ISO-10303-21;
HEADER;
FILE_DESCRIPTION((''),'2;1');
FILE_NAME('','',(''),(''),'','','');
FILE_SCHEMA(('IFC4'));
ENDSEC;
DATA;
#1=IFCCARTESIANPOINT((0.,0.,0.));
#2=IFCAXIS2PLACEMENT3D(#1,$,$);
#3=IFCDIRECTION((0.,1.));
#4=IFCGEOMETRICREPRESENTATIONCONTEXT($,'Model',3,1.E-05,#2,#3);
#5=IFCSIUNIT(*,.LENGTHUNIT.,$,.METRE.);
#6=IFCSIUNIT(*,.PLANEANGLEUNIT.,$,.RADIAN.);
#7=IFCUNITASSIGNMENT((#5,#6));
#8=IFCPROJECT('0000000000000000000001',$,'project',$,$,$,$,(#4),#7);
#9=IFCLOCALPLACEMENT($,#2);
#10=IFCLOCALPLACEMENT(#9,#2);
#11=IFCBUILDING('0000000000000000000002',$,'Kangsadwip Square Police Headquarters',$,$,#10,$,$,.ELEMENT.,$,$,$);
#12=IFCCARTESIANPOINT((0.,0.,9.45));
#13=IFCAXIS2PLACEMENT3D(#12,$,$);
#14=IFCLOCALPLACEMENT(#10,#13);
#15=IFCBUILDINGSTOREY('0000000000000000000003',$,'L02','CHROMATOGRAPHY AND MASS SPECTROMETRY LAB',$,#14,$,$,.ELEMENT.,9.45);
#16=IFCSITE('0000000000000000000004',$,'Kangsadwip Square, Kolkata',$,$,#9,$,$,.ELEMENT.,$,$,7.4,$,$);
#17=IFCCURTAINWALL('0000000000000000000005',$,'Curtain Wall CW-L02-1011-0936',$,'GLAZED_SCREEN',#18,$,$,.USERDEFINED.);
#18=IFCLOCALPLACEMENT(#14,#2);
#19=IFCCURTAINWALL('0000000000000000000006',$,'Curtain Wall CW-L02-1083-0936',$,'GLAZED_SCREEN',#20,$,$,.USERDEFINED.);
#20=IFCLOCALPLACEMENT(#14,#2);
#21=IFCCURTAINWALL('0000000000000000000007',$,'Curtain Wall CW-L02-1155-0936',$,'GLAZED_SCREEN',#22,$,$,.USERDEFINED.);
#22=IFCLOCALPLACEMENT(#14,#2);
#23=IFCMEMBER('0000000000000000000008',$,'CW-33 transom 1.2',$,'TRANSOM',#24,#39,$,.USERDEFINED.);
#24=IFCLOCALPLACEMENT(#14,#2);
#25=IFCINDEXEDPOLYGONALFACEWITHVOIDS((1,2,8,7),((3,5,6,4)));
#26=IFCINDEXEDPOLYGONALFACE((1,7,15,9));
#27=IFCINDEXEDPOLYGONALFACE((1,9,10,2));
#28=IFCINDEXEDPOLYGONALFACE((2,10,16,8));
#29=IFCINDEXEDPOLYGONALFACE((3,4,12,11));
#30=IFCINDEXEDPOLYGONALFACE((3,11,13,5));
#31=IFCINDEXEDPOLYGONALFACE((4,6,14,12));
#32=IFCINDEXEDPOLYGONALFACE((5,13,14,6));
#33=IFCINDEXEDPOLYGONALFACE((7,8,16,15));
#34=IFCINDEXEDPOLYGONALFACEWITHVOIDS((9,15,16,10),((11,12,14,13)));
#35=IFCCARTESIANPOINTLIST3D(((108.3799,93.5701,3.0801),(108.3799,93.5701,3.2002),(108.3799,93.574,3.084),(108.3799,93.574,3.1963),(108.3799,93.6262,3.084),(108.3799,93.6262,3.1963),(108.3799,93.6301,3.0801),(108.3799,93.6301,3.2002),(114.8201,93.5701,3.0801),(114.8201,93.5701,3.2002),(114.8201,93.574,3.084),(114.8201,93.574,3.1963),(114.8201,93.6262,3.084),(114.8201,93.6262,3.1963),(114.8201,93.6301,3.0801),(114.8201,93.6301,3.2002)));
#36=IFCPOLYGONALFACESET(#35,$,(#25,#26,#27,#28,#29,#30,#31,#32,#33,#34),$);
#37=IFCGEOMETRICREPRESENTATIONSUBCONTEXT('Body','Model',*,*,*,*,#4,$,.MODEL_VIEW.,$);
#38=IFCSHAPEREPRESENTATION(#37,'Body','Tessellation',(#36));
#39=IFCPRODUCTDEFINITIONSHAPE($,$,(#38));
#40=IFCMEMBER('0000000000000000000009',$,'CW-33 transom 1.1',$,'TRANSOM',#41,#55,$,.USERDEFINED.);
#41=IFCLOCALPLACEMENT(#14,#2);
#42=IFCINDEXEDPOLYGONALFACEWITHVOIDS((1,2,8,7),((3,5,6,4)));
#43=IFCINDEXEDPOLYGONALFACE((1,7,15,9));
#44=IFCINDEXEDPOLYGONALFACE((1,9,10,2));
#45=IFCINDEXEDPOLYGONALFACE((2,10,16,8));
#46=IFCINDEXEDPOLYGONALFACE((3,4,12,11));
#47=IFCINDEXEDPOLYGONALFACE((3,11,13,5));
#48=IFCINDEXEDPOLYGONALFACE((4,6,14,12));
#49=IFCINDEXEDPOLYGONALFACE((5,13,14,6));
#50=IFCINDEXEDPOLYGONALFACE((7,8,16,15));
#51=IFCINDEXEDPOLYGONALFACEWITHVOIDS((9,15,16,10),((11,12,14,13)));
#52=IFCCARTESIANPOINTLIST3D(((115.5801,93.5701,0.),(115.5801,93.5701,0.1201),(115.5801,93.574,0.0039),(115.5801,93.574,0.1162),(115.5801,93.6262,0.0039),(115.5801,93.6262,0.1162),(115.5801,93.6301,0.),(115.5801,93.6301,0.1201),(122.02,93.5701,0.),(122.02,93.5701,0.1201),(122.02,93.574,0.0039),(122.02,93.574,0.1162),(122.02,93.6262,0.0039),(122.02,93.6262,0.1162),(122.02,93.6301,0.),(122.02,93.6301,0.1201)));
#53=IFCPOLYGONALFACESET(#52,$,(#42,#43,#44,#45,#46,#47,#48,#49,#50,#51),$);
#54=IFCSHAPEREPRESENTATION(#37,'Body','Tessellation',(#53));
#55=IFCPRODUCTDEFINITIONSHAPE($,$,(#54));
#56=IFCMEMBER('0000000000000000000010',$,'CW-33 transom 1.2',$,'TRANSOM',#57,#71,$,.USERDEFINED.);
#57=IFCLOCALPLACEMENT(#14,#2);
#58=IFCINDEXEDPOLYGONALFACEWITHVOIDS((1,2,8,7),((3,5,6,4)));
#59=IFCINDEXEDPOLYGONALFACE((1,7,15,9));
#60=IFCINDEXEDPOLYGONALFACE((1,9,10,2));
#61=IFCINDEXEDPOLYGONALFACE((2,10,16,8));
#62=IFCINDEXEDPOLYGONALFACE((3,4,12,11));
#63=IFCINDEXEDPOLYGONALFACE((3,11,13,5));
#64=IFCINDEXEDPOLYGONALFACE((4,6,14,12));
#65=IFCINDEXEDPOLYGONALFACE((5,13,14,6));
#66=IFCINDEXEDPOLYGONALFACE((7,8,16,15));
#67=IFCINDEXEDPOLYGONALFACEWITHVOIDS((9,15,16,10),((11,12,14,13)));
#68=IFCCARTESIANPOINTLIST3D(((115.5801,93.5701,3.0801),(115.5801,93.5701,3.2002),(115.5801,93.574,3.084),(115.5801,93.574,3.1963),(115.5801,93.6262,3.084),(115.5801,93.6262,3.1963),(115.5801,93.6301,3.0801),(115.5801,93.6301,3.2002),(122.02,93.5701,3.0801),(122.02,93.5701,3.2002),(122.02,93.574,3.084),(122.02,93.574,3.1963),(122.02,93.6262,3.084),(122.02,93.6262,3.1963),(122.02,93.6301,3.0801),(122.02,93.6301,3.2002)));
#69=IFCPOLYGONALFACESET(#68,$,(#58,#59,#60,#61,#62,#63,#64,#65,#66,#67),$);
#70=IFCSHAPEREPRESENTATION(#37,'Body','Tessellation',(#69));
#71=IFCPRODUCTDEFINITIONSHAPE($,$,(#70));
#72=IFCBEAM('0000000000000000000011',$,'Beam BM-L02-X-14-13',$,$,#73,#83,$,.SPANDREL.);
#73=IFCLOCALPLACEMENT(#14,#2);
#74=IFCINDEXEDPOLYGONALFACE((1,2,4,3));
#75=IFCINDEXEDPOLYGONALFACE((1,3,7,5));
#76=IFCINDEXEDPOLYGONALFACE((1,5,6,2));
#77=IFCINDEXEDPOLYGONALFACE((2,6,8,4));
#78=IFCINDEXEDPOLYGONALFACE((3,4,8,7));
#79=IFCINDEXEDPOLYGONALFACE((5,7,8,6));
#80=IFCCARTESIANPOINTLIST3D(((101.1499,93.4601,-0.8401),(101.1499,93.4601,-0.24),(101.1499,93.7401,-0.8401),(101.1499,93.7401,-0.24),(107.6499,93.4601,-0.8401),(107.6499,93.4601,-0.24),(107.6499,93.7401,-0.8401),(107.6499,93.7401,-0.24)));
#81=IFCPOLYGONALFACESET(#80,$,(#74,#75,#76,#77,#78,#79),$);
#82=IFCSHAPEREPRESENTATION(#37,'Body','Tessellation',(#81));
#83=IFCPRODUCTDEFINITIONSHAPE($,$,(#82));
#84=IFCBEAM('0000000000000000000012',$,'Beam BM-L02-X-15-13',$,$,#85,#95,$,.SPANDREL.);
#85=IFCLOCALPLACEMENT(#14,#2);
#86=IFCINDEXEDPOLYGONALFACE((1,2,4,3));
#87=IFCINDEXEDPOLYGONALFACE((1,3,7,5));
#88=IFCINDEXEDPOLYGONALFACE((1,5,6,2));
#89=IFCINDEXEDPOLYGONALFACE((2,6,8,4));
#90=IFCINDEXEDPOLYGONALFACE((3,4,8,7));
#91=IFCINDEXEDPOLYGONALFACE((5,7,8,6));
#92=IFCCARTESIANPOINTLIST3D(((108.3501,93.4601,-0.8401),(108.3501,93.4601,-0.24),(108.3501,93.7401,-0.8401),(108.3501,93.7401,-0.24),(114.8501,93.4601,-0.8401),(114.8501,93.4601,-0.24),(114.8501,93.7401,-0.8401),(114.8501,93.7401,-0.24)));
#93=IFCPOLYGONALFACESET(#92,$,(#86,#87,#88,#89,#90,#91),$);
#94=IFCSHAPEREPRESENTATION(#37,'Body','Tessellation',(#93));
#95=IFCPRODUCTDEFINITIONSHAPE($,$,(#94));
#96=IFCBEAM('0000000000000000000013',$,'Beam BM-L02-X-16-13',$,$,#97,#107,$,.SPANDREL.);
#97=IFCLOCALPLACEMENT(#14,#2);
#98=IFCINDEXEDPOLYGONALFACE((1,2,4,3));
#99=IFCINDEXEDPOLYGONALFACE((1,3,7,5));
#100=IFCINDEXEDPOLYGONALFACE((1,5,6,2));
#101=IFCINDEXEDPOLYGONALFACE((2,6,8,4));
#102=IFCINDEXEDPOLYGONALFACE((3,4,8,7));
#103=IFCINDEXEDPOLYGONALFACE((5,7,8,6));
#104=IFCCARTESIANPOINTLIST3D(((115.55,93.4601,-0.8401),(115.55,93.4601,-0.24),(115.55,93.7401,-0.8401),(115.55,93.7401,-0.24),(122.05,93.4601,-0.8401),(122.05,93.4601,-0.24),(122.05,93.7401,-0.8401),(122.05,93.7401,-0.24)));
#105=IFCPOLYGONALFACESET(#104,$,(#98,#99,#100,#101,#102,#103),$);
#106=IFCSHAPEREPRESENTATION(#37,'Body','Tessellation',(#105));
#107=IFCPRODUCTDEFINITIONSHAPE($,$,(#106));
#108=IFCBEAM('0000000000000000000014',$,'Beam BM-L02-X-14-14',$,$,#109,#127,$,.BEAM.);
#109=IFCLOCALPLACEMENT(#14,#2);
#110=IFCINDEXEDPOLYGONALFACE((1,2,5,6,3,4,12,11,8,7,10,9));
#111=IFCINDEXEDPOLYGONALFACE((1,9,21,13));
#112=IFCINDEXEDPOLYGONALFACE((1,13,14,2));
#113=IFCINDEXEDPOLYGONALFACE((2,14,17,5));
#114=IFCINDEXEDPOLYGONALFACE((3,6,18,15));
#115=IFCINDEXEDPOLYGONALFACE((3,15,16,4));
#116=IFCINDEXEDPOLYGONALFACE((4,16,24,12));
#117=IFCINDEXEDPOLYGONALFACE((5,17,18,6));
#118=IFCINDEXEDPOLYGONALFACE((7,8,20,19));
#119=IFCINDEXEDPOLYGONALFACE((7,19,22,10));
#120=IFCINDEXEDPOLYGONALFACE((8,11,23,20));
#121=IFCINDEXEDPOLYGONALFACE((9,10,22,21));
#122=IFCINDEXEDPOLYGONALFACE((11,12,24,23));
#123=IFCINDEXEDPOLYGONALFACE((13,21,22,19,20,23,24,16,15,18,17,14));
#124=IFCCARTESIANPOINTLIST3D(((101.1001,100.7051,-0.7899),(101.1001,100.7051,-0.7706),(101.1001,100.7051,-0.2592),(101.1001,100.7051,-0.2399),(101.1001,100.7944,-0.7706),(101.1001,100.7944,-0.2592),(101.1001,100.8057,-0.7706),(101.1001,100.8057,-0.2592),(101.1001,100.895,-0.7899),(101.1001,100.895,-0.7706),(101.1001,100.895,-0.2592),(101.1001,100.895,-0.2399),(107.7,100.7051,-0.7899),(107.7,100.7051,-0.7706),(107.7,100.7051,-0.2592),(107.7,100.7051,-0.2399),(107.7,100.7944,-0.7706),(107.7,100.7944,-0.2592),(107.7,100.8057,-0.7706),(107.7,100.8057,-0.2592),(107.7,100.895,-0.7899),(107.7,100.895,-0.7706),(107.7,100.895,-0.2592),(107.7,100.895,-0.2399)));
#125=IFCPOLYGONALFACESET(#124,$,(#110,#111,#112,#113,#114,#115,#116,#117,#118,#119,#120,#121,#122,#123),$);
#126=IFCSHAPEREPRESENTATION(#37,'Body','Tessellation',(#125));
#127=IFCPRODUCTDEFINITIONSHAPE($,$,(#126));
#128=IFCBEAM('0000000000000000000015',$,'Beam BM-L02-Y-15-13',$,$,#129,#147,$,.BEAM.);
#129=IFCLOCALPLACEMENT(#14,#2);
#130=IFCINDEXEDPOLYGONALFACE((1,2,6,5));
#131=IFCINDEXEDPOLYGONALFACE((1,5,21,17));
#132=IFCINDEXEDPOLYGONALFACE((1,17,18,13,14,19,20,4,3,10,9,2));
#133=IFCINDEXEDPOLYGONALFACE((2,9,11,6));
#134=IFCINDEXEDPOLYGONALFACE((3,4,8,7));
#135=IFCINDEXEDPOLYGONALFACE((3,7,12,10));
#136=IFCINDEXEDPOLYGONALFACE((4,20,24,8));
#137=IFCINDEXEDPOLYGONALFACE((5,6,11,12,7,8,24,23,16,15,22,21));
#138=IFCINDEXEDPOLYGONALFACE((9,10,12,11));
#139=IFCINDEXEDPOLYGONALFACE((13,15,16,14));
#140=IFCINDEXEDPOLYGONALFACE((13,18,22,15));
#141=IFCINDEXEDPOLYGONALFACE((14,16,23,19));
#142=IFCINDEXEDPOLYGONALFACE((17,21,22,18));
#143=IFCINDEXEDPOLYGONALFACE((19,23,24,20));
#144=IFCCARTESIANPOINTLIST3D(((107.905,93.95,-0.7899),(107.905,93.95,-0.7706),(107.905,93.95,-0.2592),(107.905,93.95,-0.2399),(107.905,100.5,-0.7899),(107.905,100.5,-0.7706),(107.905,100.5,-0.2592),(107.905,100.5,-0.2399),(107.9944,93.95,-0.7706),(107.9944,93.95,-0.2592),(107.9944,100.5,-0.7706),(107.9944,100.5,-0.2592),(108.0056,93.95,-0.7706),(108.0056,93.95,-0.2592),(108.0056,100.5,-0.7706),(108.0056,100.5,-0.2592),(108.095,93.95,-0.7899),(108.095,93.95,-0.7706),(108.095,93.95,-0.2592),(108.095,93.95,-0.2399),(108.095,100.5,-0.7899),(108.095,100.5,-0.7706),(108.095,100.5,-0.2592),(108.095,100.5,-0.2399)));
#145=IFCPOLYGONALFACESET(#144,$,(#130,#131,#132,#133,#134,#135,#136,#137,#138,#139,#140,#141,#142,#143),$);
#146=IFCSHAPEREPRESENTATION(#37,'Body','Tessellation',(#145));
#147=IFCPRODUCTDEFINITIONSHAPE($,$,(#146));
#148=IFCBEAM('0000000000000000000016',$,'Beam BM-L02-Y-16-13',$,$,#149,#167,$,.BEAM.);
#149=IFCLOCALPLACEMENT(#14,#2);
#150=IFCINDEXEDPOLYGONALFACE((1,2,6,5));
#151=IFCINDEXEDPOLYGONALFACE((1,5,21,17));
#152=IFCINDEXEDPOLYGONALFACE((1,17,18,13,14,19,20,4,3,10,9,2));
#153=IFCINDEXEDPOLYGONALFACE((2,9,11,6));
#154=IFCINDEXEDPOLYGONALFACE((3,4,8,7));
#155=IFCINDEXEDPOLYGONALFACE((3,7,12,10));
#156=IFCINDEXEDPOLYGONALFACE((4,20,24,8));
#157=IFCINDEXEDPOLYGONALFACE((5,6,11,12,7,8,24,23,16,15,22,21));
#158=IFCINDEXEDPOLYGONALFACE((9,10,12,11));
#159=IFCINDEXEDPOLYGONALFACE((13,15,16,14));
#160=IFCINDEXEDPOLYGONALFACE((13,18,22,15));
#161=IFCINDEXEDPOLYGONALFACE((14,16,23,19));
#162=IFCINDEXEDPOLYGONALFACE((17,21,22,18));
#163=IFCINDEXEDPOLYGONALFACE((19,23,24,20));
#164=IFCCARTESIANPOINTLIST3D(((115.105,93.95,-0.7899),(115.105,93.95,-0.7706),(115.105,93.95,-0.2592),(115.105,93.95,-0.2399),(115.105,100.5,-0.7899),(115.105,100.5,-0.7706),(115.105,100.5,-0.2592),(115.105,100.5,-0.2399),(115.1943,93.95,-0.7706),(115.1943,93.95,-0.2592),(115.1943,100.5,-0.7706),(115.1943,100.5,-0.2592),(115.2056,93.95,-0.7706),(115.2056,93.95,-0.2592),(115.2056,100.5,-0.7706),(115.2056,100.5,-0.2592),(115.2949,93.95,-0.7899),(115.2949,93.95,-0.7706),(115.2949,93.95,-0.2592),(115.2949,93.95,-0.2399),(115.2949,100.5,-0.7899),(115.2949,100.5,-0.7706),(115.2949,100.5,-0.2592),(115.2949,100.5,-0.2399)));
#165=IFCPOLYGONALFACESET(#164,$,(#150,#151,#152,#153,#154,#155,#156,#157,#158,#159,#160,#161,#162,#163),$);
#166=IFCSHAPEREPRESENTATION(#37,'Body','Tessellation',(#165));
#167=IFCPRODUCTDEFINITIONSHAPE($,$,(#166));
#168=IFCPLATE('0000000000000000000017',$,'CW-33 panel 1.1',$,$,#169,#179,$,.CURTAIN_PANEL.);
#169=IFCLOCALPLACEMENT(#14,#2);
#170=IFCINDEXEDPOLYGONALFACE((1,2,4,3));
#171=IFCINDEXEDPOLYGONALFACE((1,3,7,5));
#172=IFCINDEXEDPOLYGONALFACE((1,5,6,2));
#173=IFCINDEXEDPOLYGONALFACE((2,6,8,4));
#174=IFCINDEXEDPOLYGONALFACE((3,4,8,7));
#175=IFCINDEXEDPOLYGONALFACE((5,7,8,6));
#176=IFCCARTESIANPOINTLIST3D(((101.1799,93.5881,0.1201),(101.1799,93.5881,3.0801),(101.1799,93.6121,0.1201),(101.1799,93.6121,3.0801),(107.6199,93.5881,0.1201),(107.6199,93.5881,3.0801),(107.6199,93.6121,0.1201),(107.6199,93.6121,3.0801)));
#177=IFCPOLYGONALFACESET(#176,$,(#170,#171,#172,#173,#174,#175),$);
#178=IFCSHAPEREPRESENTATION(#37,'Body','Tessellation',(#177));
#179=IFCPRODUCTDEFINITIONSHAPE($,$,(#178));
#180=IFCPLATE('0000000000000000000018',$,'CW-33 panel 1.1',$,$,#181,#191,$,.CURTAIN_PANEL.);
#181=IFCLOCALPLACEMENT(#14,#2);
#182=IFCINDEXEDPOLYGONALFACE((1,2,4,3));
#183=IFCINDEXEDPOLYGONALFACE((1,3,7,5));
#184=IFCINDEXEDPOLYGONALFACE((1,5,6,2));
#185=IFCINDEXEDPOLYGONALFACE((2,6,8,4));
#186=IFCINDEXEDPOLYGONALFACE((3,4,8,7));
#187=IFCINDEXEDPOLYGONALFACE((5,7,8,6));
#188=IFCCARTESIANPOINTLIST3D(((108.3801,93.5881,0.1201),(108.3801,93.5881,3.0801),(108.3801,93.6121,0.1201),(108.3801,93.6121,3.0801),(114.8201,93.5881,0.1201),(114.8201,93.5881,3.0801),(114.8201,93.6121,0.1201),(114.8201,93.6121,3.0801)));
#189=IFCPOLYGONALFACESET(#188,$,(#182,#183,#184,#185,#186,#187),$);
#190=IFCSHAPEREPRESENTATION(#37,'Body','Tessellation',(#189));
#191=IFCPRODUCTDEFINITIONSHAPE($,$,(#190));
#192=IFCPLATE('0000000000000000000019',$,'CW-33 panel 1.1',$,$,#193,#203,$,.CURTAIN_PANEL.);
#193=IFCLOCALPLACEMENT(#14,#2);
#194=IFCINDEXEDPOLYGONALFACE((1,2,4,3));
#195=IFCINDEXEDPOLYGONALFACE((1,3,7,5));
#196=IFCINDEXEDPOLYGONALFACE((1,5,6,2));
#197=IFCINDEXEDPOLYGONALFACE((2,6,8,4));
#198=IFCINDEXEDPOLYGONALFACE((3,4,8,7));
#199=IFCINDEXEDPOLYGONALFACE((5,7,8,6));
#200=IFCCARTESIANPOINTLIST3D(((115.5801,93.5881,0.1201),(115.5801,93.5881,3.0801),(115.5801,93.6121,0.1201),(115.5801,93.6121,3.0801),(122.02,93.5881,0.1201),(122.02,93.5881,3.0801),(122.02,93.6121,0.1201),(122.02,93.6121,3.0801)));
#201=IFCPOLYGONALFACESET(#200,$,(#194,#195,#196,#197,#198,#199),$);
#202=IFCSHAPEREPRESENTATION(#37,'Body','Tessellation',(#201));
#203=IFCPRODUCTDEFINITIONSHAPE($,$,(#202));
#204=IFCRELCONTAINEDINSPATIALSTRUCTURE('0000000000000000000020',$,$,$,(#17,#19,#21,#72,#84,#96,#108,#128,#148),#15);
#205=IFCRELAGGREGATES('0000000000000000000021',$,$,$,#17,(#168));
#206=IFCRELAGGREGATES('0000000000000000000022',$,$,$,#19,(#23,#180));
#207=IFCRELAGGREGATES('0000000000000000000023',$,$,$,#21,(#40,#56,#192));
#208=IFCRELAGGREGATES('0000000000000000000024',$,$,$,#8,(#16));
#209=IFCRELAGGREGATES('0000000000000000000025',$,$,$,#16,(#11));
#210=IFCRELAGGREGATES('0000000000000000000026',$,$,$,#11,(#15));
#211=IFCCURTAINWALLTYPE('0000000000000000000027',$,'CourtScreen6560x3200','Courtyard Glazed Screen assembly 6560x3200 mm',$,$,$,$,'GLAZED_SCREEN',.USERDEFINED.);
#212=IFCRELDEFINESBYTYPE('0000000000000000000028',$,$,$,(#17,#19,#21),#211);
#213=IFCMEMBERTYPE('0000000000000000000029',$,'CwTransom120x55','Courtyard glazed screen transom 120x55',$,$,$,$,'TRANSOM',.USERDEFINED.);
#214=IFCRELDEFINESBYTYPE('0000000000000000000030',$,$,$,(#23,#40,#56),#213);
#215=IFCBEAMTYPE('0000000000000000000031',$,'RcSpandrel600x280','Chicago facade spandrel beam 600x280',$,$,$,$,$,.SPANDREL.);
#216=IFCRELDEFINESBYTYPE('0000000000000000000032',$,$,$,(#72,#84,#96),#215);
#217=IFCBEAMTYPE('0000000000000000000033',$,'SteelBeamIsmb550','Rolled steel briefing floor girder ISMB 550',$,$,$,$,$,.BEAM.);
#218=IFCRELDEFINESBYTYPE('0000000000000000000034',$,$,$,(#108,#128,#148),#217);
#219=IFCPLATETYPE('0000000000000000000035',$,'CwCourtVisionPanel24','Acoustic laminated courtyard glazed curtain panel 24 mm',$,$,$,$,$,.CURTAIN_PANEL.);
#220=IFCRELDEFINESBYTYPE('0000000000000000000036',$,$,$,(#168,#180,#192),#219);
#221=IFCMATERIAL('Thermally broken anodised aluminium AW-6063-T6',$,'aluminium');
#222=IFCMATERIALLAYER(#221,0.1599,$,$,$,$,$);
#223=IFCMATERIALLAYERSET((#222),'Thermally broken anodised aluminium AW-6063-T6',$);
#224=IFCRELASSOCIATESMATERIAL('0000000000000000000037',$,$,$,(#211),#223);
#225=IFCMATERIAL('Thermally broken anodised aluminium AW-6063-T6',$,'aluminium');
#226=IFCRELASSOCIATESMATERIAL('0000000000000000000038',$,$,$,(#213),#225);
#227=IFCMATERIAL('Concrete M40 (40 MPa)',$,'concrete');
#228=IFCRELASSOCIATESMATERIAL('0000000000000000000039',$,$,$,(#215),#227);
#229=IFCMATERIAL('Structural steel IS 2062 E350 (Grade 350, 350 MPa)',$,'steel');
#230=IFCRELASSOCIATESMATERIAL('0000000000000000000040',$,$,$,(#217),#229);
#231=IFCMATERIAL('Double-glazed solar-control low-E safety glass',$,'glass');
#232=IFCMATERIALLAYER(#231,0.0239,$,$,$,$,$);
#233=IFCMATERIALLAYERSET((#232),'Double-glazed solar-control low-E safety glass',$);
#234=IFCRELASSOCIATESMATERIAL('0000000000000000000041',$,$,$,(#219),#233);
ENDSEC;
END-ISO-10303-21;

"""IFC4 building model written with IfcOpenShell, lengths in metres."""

from ifc_helpers import new_model, si_unit, direction, frame, origin, origin_2d, place, context, subcontext, project, spatial, rectangle, hollow_rectangle, i_section, extrude, material, layer, layer_set, material_profile, profile_set, type_object, element, aggregate, save


model = new_model("IFC4")

# Units and contexts
model_context = context("Model", 3, precision=1e-05, world=origin(), true_north=direction((0.0, 1.0)))
body_context = subcontext(model_context, "Body", "Model", "MODEL_VIEW")
ifc_project = project(units=[si_unit("LENGTHUNIT", "METRE"), si_unit("PLANEANGLEUNIT", "RADIAN")], contexts=[model_context])

# Site, building, storey
site_placement = place(None, origin())
site = spatial("IfcSite", under=ifc_project, at=site_placement, Name="Kangsadwip Square, Kolkata", CompositionType="ELEMENT", RefElevation=7.4)
building_placement = place(site_placement, origin())
building = spatial("IfcBuilding", under=site, at=building_placement, Name="Kangsadwip Square Police Headquarters", CompositionType="ELEMENT")
storey_placement = place(building_placement, frame((0.0, 0.0, 9.45)))
storey = spatial("IfcBuildingStorey", under=building, at=storey_placement, Name="L02", Description="CHROMATOGRAPHY AND MASS SPECTROMETRY LAB", CompositionType="ELEMENT", Elevation=9.45)

# Curtain walls
ifc_material_1 = material(Name="Thermally broken anodised aluminium AW-6063-T6", Category="aluminium")
ifc_layer_1 = layer(ifc_material_1, 0.1599)
ifc_layer_set_1 = layer_set([ifc_layer_1], Name="Thermally broken anodised aluminium AW-6063-T6")
curtain_wall_type = type_object("IfcCurtainWallType", Name="CourtScreen6560x3200", Description="Courtyard Glazed Screen assembly 6560x3200 mm", ElementType="GLAZED_SCREEN", PredefinedType="USERDEFINED", material=ifc_layer_set_1)
curtain_wall_1_placement = place(storey_placement, origin())
curtain_wall_1 = element("IfcCurtainWall", 1, at=curtain_wall_1_placement, inside=storey, type_object=curtain_wall_type, Name="Curtain Wall CW-L02-1011-0936", ObjectType="GLAZED_SCREEN", PredefinedType="USERDEFINED")
curtain_wall_2_placement = place(storey_placement, origin())
curtain_wall_2 = element("IfcCurtainWall", 2, at=curtain_wall_2_placement, inside=storey, type_object=curtain_wall_type, Name="Curtain Wall CW-L02-1083-0936", ObjectType="GLAZED_SCREEN", PredefinedType="USERDEFINED")
curtain_wall_3_placement = place(storey_placement, origin())
curtain_wall_3 = element("IfcCurtainWall", 3, at=curtain_wall_3_placement, inside=storey, type_object=curtain_wall_type, Name="Curtain Wall CW-L02-1155-0936", ObjectType="GLAZED_SCREEN", PredefinedType="USERDEFINED")

# Members
ifc_material_2 = material(Name="Thermally broken anodised aluminium AW-6063-T6", Category="aluminium")
ifc_material_profile_1 = material_profile(ifc_material_2, hollow_rectangle(XDim=0.0601, YDim=0.1201, WallThickness=0.0039, at=origin_2d()), Name="CWT 120X60X4")
ifc_profile_set_1 = profile_set([ifc_material_profile_1], Name="Thermally broken anodised aluminium AW-6063-T6")
member_type_1 = type_object("IfcMemberType", Name="CwTransom120x55", Description="Courtyard glazed screen transom 120x55", ElementType="TRANSOM", PredefinedType="USERDEFINED", material=ifc_profile_set_1)
member_1_placement = place(storey_placement, frame((108.3799, 93.6001, 3.1401), z_axis=(1.0, 0.0, 0.0), x_axis=(0.0, 1.0, 0.0)))
member_1 = element("IfcMember", 4, at=member_1_placement, type_object=member_type_1, Name="CW-33 transom 1.2", ObjectType="TRANSOM", PredefinedType="USERDEFINED", context=body_context, shape_type="SweptSolid", body=[
    extrude(hollow_rectangle(XDim=0.0601, YDim=0.1201, WallThickness=0.0039, at=origin_2d()), origin(), (0.0, 0.0, 1.0), 6.4402),
])
member_2_placement = place(storey_placement, frame((115.5801, 93.6001, 0.0601), z_axis=(1.0, 0.0, 0.0), x_axis=(0.0, 1.0, 0.0)))
member_2 = element("IfcMember", 5, at=member_2_placement, type_object=member_type_1, Name="CW-33 transom 1.1", ObjectType="TRANSOM", PredefinedType="USERDEFINED", context=body_context, shape_type="SweptSolid", body=[
    extrude(hollow_rectangle(XDim=0.0601, YDim=0.1201, WallThickness=0.0039, at=origin_2d()), origin(), (0.0, 0.0, 1.0), 6.4399),
])
member_3_placement = place(storey_placement, frame((115.5801, 93.6001, 3.1401), z_axis=(1.0, 0.0, 0.0), x_axis=(0.0, 1.0, 0.0)))
member_3 = element("IfcMember", 6, at=member_3_placement, type_object=member_type_1, Name="CW-33 transom 1.2", ObjectType="TRANSOM", PredefinedType="USERDEFINED", context=body_context, shape_type="SweptSolid", body=[
    extrude(hollow_rectangle(XDim=0.0601, YDim=0.1201, WallThickness=0.0039, at=origin_2d()), origin(), (0.0, 0.0, 1.0), 6.4399),
])

# Beams
ifc_material_3 = material(Name="Concrete M40 (40 MPa)", Category="concrete")
ifc_material_profile_2 = material_profile(ifc_material_3, rectangle(XDim=0.28, YDim=0.6001, at=origin_2d()), Name="RC SPN 600X280")
ifc_profile_set_2 = profile_set([ifc_material_profile_2], Name="Concrete M40 (40 MPa)")
beam_type_1 = type_object("IfcBeamType", Name="RcSpandrel600x280", Description="Chicago facade spandrel beam 600x280", PredefinedType="SPANDREL", material=ifc_profile_set_2)
for number, where, z_axis, x_axis, name in (
    (7, (101.1499, 93.6001, -0.54), (1.0, 0.0, 0.0), (0.0, 1.0, 0.0), "Beam BM-L02-X-14-13"),
    (8, (108.3501, 93.6001, -0.54), (1.0, 0.0, 0.0), (0.0, 1.0, 0.0), "Beam BM-L02-X-15-13"),
    (9, (115.55, 93.6001, -0.54), (1.0, 0.0, 0.0), (0.0, 1.0, 0.0), "Beam BM-L02-X-16-13"),
):
    element("IfcBeam", number, at=place(storey_placement, frame(where, z_axis=z_axis, x_axis=x_axis)), inside=storey, type_object=beam_type_1, Name=name, PredefinedType="SPANDREL", context=body_context, shape_type="SweptSolid", body=[
        extrude(rectangle(XDim=0.28, YDim=0.6001, at=origin_2d()), origin(), (0.0, 0.0, 1.0), 6.5),
    ])
ifc_material_4 = material(Name="Structural steel IS 2062 E350 (Grade 350, 350 MPa)", Category="steel")
ifc_material_profile_3 = material_profile(ifc_material_4, i_section(OverallWidth=0.1899, OverallDepth=0.55, WebThickness=0.0112, FlangeThickness=0.0193, at=origin_2d()), Name="ISMB 550")
ifc_profile_set_3 = profile_set([ifc_material_profile_3], Name="Structural steel IS 2062 E350 (Grade 350, 350 MPa)")
beam_type_2 = type_object("IfcBeamType", Name="SteelBeamIsmb550", Description="Rolled steel briefing floor girder ISMB 550", PredefinedType="BEAM", material=ifc_profile_set_3)
beam_placement = place(storey_placement, frame((101.1001, 100.8, -0.5149), z_axis=(1.0, 0.0, 0.0), x_axis=(0.0, 1.0, 0.0)))
element("IfcBeam", 10, at=beam_placement, inside=storey, type_object=beam_type_2, Name="Beam BM-L02-X-14-14", PredefinedType="BEAM", context=body_context, shape_type="SweptSolid", body=[
    extrude(i_section(OverallWidth=0.1899, OverallDepth=0.55, WebThickness=0.0112, FlangeThickness=0.0193, at=origin_2d()), origin(), (0.0, 0.0, 1.0), 6.5999),
])
for number, where, z_axis, x_axis, name in (
    (11, (108.0, 93.95, -0.5149), (0.0, 1.0, 0.0), (-1.0, 0.0, 0.0), "Beam BM-L02-Y-15-13"),
    (12, (115.2, 93.95, -0.5149), (0.0, 1.0, 0.0), (-1.0, 0.0, 0.0), "Beam BM-L02-Y-16-13"),
):
    element("IfcBeam", number, at=place(storey_placement, frame(where, z_axis=z_axis, x_axis=x_axis)), inside=storey, type_object=beam_type_2, Name=name, PredefinedType="BEAM", context=body_context, shape_type="SweptSolid", body=[
        extrude(i_section(OverallWidth=0.1899, OverallDepth=0.55, WebThickness=0.0112, FlangeThickness=0.0193, at=origin_2d()), origin(), (0.0, 0.0, 1.0), 6.55),
    ])

# Plates
ifc_material_5 = material(Name="Double-glazed solar-control low-E safety glass", Category="glass")
ifc_layer_2 = layer(ifc_material_5, 0.0239)
ifc_layer_set_2 = layer_set([ifc_layer_2], Name="Double-glazed solar-control low-E safety glass")
plate_type = type_object("IfcPlateType", Name="CwCourtVisionPanel24", Description="Acoustic laminated courtyard glazed curtain panel 24 mm", PredefinedType="CURTAIN_PANEL", material=ifc_layer_set_2)
plate_1_placement = place(storey_placement, frame((104.3999, 93.6001, 0.1201), z_axis=(0.0, 0.0, 1.0), x_axis=(1.0, 0.0, 0.0)))
plate_1 = element("IfcPlate", 13, at=plate_1_placement, type_object=plate_type, Name="CW-33 panel 1.1", PredefinedType="CURTAIN_PANEL", context=body_context, shape_type="SweptSolid", body=[
    extrude(rectangle(XDim=6.4399, YDim=0.0239, at=origin_2d()), origin(), (0.0, 0.0, 1.0), 2.96),
])
aggregate(curtain_wall_1, [plate_1])
plate_2_placement = place(storey_placement, frame((111.6001, 93.6001, 0.1201), z_axis=(0.0, 0.0, 1.0), x_axis=(1.0, 0.0, 0.0)))
plate_2 = element("IfcPlate", 14, at=plate_2_placement, type_object=plate_type, Name="CW-33 panel 1.1", PredefinedType="CURTAIN_PANEL", context=body_context, shape_type="SweptSolid", body=[
    extrude(rectangle(XDim=6.4399, YDim=0.0239, at=origin_2d()), origin(), (0.0, 0.0, 1.0), 2.96),
])
aggregate(curtain_wall_2, [member_1, plate_2])
plate_3_placement = place(storey_placement, frame((118.8, 93.6001, 0.1201), z_axis=(0.0, 0.0, 1.0), x_axis=(1.0, 0.0, 0.0)))
plate_3 = element("IfcPlate", 15, at=plate_3_placement, type_object=plate_type, Name="CW-33 panel 1.1", PredefinedType="CURTAIN_PANEL", context=body_context, shape_type="SweptSolid", body=[
    extrude(rectangle(XDim=6.4399, YDim=0.0239, at=origin_2d()), origin(), (0.0, 0.0, 1.0), 2.96),
])
aggregate(curtain_wall_3, [member_2, member_3, plate_3])

save(model, "model.ifc")
